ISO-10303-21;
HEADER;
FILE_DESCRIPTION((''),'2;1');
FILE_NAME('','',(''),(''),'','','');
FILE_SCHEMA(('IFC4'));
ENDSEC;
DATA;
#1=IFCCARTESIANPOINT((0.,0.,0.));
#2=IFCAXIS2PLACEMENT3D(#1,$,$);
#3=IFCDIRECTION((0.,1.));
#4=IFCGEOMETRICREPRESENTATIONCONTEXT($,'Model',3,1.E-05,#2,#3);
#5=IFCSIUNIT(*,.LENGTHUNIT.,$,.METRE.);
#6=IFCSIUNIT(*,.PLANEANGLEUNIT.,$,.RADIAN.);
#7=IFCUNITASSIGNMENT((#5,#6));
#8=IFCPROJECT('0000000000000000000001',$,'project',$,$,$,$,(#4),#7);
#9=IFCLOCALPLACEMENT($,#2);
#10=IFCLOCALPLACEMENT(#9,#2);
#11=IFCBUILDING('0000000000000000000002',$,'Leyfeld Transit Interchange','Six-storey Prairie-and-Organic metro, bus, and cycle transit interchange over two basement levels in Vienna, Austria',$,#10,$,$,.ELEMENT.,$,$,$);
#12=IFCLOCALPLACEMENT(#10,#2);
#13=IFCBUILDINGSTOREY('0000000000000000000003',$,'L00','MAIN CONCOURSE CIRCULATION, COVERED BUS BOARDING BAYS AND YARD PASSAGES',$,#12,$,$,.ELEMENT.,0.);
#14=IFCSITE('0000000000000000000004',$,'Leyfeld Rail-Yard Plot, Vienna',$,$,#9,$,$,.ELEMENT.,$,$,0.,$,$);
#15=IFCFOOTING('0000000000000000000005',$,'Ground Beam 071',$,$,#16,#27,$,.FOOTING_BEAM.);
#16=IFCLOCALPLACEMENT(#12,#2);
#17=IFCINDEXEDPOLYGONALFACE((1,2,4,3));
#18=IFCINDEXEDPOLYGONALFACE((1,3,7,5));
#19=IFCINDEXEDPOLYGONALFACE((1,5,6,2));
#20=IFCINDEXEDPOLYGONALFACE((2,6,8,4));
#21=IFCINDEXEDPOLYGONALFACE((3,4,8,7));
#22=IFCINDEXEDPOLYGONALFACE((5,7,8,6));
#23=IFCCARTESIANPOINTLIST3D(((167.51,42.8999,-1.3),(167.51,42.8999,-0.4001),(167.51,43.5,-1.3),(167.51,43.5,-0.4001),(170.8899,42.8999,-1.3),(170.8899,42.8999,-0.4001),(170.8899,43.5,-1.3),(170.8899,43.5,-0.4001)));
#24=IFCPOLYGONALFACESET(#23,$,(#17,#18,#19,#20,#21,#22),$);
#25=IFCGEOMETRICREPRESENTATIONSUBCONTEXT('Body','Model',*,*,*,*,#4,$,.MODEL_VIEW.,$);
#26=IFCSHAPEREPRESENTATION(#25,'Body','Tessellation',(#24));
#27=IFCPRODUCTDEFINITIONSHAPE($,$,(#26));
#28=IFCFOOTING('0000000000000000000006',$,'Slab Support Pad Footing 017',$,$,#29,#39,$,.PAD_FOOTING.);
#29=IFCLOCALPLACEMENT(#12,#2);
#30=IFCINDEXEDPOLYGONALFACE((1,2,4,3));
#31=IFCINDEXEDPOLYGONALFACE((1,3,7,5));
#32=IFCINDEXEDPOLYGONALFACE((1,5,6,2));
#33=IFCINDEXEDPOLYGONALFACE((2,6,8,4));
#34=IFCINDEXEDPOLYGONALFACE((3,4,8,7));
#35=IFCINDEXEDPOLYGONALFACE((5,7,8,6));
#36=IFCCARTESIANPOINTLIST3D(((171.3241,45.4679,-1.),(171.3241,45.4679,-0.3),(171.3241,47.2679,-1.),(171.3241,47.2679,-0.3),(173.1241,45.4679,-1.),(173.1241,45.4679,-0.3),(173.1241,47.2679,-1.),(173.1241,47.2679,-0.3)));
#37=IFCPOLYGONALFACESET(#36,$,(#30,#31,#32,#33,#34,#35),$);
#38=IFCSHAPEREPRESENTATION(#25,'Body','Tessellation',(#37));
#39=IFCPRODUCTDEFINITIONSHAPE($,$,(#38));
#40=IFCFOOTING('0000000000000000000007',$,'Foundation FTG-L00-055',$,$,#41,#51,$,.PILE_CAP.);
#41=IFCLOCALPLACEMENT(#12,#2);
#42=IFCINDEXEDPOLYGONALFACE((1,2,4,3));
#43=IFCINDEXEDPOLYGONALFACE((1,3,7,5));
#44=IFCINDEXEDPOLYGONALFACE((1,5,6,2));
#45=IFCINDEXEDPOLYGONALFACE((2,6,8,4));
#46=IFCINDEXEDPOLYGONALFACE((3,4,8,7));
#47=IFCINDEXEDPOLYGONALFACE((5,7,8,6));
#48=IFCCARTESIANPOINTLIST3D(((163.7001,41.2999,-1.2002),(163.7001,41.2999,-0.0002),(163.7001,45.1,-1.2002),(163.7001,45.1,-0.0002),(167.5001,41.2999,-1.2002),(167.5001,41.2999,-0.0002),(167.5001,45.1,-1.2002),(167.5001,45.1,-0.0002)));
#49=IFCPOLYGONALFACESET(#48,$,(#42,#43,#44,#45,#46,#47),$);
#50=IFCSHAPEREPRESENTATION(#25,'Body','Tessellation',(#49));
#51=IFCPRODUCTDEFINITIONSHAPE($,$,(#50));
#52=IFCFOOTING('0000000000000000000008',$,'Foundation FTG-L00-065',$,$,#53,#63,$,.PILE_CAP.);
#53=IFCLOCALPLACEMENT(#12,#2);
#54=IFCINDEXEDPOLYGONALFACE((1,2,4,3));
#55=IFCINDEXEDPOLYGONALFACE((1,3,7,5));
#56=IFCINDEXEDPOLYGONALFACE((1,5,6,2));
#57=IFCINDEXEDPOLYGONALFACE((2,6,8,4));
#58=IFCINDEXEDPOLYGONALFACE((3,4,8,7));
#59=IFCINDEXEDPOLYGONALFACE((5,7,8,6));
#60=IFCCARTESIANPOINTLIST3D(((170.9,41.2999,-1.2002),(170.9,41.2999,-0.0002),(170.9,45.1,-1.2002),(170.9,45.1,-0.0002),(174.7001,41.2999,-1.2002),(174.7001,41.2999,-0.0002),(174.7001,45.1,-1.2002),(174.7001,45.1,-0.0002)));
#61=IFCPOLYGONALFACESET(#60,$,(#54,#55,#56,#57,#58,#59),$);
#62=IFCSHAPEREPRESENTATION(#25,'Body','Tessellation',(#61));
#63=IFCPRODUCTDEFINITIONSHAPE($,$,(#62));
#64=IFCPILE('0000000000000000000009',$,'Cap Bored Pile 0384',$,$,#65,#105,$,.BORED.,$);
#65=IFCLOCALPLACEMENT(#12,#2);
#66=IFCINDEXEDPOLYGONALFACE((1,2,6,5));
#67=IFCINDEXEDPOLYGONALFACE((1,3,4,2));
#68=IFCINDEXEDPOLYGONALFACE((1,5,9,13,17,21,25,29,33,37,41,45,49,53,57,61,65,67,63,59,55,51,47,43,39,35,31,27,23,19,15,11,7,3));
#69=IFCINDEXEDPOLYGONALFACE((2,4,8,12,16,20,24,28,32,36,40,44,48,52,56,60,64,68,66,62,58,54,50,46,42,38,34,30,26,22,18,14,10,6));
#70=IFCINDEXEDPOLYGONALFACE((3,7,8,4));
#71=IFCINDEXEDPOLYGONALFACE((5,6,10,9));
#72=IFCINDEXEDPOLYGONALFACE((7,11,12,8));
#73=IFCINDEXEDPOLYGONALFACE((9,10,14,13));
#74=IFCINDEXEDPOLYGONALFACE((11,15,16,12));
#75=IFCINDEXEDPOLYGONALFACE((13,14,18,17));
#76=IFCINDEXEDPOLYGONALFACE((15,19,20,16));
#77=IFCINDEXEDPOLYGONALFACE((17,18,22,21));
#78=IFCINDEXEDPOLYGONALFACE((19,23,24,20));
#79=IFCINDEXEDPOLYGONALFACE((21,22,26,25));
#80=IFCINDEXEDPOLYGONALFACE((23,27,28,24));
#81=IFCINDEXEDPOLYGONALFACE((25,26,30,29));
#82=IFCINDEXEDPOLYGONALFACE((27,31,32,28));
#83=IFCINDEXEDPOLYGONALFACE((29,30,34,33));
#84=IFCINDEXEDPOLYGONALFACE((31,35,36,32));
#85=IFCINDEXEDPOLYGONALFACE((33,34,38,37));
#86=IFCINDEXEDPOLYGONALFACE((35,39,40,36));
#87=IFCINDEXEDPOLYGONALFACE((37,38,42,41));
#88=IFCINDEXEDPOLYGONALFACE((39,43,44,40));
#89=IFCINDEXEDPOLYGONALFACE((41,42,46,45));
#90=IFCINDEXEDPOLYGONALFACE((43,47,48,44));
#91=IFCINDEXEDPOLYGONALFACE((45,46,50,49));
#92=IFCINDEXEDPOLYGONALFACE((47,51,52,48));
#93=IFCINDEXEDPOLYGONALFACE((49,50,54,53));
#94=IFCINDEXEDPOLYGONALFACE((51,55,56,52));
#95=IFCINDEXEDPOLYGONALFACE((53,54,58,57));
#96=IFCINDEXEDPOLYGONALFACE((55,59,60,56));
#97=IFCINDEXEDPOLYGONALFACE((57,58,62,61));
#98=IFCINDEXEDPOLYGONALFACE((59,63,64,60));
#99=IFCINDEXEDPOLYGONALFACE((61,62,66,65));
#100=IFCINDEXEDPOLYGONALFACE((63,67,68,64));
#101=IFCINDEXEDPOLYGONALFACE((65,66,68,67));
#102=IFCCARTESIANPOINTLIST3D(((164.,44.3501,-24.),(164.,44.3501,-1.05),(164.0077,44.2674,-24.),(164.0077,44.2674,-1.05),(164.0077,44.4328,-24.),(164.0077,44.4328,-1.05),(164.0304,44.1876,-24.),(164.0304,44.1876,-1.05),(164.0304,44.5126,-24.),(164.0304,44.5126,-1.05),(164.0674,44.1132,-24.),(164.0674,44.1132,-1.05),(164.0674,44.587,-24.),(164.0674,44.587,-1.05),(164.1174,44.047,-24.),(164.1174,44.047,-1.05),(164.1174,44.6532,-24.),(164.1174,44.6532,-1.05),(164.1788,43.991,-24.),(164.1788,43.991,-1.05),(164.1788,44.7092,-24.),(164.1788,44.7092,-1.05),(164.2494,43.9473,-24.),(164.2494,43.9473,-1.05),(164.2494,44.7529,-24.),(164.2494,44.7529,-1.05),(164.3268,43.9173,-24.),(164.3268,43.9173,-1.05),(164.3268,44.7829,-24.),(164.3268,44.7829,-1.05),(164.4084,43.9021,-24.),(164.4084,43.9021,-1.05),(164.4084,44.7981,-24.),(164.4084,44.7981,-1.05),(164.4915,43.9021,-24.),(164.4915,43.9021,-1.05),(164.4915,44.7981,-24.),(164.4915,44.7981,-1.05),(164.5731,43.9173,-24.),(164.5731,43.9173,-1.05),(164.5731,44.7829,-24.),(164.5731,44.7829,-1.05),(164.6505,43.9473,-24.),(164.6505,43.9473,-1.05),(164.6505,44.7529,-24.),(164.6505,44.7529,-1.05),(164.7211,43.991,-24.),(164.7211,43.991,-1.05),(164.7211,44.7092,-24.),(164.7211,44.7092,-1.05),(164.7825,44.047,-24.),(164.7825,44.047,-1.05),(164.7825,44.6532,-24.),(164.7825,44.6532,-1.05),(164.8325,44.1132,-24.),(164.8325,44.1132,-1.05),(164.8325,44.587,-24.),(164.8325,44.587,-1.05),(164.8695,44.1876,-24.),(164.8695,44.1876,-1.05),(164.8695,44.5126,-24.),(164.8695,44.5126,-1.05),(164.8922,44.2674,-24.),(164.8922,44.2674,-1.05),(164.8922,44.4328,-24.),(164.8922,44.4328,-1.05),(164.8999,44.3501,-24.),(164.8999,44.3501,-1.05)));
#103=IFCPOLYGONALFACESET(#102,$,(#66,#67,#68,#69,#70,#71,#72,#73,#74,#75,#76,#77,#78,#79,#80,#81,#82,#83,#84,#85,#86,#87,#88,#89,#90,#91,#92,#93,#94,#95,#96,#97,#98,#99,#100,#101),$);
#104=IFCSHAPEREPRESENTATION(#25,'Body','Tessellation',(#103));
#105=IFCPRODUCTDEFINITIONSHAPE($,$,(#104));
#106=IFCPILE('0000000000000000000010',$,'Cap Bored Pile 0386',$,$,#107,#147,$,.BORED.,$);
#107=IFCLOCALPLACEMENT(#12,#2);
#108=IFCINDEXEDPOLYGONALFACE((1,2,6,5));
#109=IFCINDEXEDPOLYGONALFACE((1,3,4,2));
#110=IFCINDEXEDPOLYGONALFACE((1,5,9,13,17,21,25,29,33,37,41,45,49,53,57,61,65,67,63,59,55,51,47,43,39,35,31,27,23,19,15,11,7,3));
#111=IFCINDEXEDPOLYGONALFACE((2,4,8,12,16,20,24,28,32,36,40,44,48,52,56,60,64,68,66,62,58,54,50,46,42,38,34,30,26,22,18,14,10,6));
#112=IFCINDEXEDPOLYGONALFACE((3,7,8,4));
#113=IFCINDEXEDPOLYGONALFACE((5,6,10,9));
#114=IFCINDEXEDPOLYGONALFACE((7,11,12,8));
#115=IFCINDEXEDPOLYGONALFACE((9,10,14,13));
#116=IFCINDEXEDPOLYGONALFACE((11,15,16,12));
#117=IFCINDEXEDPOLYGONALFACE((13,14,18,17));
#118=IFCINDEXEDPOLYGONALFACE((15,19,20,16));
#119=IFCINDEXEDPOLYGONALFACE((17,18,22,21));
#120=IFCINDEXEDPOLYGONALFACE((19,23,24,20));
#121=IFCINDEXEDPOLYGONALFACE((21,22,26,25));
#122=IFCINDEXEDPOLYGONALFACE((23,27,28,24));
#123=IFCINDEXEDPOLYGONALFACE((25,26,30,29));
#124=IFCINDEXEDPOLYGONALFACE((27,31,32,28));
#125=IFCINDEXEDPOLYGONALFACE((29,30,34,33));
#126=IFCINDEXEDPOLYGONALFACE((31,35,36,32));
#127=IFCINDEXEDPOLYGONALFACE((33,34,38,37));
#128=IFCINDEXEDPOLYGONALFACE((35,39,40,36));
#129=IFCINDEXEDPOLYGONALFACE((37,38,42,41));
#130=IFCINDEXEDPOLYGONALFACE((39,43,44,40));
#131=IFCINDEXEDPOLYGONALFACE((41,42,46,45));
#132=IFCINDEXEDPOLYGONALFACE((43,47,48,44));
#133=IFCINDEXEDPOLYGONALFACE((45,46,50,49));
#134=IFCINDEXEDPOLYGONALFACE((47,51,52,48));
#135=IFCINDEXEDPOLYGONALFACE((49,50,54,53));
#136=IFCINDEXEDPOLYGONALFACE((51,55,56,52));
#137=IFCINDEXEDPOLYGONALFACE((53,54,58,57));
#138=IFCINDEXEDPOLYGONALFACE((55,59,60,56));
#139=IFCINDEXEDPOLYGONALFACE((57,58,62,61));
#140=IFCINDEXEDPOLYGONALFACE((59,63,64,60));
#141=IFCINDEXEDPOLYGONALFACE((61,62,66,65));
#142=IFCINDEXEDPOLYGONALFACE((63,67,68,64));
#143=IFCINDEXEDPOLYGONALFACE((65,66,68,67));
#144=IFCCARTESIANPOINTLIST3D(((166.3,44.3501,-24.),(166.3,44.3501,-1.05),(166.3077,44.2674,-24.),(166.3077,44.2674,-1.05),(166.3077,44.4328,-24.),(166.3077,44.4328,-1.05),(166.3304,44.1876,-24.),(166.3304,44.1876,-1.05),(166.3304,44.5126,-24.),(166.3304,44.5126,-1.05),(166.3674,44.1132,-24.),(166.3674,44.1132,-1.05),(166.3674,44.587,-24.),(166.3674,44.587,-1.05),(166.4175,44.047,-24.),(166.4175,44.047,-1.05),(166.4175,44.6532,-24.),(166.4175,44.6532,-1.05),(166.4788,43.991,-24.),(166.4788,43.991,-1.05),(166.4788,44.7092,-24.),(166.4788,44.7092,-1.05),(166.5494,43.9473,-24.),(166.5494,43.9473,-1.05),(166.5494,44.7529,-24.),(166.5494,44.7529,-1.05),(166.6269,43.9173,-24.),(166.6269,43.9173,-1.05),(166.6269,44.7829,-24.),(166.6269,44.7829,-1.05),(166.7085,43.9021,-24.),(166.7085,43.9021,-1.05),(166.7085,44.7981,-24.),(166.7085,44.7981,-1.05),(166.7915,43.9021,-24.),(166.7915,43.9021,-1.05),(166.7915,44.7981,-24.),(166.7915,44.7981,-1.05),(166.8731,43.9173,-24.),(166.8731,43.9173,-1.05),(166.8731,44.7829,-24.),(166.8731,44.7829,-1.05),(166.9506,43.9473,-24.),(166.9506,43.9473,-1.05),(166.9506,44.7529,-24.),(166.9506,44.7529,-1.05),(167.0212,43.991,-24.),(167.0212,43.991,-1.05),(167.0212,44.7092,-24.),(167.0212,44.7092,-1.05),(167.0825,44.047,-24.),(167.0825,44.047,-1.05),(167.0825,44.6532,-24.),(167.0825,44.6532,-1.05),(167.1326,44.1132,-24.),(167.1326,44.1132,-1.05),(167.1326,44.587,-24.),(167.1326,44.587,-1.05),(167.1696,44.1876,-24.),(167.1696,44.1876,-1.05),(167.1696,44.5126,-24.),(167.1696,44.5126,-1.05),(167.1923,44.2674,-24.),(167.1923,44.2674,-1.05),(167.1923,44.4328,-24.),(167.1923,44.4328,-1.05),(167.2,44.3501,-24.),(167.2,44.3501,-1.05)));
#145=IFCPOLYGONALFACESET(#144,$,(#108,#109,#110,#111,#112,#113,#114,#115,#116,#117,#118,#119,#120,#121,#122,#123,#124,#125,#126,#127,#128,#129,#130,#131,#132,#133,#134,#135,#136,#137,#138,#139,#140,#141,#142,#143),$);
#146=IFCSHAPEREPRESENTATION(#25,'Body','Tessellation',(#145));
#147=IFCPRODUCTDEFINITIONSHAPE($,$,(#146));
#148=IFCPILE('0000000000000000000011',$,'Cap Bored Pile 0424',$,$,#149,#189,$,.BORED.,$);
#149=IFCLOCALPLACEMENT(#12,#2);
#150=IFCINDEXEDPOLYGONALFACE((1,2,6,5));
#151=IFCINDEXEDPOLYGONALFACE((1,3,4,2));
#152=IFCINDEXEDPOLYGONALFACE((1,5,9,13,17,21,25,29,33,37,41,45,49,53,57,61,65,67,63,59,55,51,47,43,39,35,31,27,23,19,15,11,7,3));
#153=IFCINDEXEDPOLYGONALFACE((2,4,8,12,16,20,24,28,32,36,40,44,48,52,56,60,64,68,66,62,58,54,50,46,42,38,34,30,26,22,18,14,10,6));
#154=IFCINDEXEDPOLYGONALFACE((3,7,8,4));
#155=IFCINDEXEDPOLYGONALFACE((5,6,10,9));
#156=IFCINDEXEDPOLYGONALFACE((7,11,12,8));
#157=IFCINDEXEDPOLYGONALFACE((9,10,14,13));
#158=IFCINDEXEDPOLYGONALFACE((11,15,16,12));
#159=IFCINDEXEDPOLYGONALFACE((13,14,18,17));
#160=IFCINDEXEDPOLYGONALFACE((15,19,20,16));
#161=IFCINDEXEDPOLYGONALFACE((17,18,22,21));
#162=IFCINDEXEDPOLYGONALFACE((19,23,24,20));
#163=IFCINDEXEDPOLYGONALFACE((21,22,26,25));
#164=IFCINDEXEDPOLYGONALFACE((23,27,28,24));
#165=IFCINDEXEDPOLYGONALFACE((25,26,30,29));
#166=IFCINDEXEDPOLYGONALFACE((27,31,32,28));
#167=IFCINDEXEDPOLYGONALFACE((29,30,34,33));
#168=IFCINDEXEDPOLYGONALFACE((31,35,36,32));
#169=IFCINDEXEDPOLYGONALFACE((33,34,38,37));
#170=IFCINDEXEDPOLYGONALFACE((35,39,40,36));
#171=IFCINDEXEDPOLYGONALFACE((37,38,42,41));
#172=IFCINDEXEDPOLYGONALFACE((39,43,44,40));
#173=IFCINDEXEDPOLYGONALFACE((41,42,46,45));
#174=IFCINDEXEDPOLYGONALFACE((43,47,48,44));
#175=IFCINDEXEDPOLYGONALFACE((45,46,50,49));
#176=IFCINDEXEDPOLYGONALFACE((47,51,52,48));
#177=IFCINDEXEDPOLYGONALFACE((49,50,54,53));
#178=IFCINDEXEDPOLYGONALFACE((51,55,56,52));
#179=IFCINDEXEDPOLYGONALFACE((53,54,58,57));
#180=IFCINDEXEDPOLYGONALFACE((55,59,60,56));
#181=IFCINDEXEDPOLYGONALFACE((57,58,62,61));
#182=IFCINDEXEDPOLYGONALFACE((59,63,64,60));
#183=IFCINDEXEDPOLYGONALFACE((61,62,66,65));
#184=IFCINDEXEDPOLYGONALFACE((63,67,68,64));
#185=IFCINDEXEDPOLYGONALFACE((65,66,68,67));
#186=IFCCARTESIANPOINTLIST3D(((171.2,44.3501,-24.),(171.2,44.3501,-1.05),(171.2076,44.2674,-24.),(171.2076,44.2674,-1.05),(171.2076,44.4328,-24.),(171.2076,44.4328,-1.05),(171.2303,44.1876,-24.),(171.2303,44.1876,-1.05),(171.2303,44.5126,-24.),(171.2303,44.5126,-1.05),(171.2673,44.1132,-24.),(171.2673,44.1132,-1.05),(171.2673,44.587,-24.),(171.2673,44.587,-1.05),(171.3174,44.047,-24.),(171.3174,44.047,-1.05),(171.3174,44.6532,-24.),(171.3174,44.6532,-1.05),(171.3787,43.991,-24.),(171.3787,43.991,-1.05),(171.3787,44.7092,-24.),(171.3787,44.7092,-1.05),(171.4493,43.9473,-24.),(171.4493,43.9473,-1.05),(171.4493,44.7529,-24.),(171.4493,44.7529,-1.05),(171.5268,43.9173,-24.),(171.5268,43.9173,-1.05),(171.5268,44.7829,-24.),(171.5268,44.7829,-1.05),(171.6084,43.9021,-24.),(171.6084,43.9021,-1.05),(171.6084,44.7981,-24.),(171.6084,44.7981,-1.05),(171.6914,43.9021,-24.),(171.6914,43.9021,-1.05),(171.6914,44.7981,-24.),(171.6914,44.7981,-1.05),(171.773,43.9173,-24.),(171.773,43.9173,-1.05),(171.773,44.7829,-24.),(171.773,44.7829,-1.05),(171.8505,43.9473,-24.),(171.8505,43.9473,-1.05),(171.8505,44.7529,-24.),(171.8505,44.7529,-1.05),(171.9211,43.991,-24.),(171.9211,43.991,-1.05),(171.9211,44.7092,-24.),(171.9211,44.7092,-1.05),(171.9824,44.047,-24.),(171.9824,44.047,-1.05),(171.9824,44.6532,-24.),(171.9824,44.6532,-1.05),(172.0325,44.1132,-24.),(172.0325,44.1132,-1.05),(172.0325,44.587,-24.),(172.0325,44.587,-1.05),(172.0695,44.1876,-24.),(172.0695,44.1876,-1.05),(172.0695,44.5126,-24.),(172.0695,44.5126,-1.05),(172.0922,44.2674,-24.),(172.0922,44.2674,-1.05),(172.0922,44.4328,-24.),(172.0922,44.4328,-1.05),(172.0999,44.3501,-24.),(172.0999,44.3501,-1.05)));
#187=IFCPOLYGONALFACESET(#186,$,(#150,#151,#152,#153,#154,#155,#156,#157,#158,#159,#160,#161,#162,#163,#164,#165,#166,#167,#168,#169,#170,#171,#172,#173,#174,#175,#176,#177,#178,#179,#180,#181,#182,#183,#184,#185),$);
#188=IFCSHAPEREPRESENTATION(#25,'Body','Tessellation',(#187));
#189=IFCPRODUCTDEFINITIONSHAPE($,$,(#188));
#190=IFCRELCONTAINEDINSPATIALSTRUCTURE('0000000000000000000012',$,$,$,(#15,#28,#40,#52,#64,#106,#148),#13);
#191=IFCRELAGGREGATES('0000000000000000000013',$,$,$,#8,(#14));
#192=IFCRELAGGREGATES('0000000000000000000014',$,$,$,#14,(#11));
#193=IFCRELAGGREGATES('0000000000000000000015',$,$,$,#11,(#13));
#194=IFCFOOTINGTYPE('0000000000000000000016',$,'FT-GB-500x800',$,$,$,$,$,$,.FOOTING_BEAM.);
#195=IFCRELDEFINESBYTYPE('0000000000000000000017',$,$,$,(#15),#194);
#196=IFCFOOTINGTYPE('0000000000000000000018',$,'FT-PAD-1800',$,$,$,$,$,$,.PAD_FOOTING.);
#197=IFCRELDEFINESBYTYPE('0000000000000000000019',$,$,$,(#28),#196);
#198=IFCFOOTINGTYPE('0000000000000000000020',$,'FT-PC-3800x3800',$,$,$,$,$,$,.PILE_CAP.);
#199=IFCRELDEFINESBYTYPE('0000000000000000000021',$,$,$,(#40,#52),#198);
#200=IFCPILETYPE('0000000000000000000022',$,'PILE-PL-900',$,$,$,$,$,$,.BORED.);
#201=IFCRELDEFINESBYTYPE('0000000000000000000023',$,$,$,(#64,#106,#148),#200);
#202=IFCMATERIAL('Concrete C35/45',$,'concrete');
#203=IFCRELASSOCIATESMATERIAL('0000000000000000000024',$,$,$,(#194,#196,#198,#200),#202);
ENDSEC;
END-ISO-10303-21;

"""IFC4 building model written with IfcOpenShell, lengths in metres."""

from ifc_helpers import new_model, si_unit, direction, frame, origin, origin_2d, place, context, subcontext, project, spatial, rectangle, circle, extrude, material, material_profile, profile_set, type_object, element, save


model = new_model("IFC4")

# Units and contexts
model_context = context("Model", 3, precision=1e-05, world=origin(), true_north=direction((0.0, 1.0)))
body_context = subcontext(model_context, "Body", "Model", "MODEL_VIEW")
ifc_project = project(units=[si_unit("LENGTHUNIT", "METRE"), si_unit("PLANEANGLEUNIT", "RADIAN")], contexts=[model_context])

# Site, building, storey
site_placement = place(None, origin())
site = spatial("IfcSite", under=ifc_project, at=site_placement, Name="Leyfeld Rail-Yard Plot, Vienna", CompositionType="ELEMENT", RefElevation=0.0)
building_placement = place(site_placement, origin())
building = spatial("IfcBuilding", under=site, at=building_placement, Name="Leyfeld Transit Interchange", Description="Six-storey Prairie-and-Organic metro, bus, and cycle transit interchange over two basement levels in Vienna, Austria", CompositionType="ELEMENT")
storey_placement = place(building_placement, origin())
storey = spatial("IfcBuildingStorey", under=building, at=storey_placement, Name="L00", Description="MAIN CONCOURSE CIRCULATION, COVERED BUS BOARDING BAYS AND YARD PASSAGES", CompositionType="ELEMENT", Elevation=0.0)

# Footings
ifc_material_1 = material(Name="Concrete C35/45", Category="concrete")
footing_type_1 = type_object("IfcFootingType", Name="FT-GB-500x800", PredefinedType="FOOTING_BEAM", material=ifc_material_1)
footing_1_placement = place(storey_placement, frame((169.2, 43.2, -1.3), z_axis=(0.0, 0.0, 1.0), x_axis=(1.0, 0.0, 0.0)))
element("IfcFooting", 1, at=footing_1_placement, inside=storey, type_object=footing_type_1, Name="Ground Beam 071", PredefinedType="FOOTING_BEAM", context=body_context, shape_type="SweptSolid", body=[
    extrude(rectangle(XDim=3.3799, YDim=0.6001, at=origin_2d()), origin(), (0.0, 0.0, 1.0), 0.8999),
])
footing_type_2 = type_object("IfcFootingType", Name="FT-PAD-1800", PredefinedType="PAD_FOOTING", material=ifc_material_1)
footing_2_placement = place(storey_placement, frame((172.2241, 46.3679, -1.0), z_axis=(0.0, 0.0, 1.0), x_axis=(1.0, 0.0, 0.0)))
element("IfcFooting", 2, at=footing_2_placement, inside=storey, type_object=footing_type_2, Name="Slab Support Pad Footing 017", PredefinedType="PAD_FOOTING", context=body_context, shape_type="SweptSolid", body=[
    extrude(rectangle(XDim=1.8, YDim=1.8, at=origin_2d()), origin(), (0.0, 0.0, 1.0), 0.7),
])
footing_type_3 = type_object("IfcFootingType", Name="FT-PC-3800x3800", PredefinedType="PILE_CAP", material=ifc_material_1)
for number, where, z_axis, x_axis, name in (
    (3, (165.6001, 43.2, -1.2002), (0.0, 0.0, 1.0), (1.0, 0.0, 0.0), "Foundation FTG-L00-055"),
    (4, (172.8, 43.2, -1.2002), (0.0, 0.0, 1.0), (1.0, 0.0, 0.0), "Foundation FTG-L00-065"),
):
    element("IfcFooting", number, at=place(storey_placement, frame(where, z_axis=z_axis, x_axis=x_axis)), inside=storey, type_object=footing_type_3, Name=name, PredefinedType="PILE_CAP", context=body_context, shape_type="SweptSolid", body=[
        extrude(rectangle(XDim=3.8, YDim=3.8, at=origin_2d()), origin(), (0.0, 0.0, 1.0), 1.2),
    ])

# Piles
ifc_material_profile_1 = material_profile(ifc_material_1, circle(Radius=0.45, at=origin_2d()), Name="PILE D900")
ifc_profile_set_1 = profile_set([ifc_material_profile_1], Name="Concrete C35/45")
pile_type = type_object("IfcPileType", Name="PILE-PL-900", PredefinedType="BORED", material=ifc_profile_set_1)
for number, where, z_axis, x_axis, name in (
    (5, (164.45, 44.3501, -1.05), (0.0, 0.0, -1.0), (1.0, 0.0, 0.0), "Cap Bored Pile 0384"),
    (6, (166.75, 44.3501, -1.05), (0.0, 0.0, -1.0), (1.0, 0.0, 0.0), "Cap Bored Pile 0386"),
    (7, (171.6499, 44.3501, -1.05), (0.0, 0.0, -1.0), (1.0, 0.0, 0.0), "Cap Bored Pile 0424"),
):
    element("IfcPile", number, at=place(storey_placement, frame(where, z_axis=z_axis, x_axis=x_axis)), inside=storey, type_object=pile_type, Name=name, PredefinedType="BORED", context=body_context, shape_type="SweptSolid", body=[
        extrude(circle(Radius=0.45, at=origin_2d()), origin(), (0.0, 0.0, 1.0), 22.95),
    ])

save(model, "model.ifc")
